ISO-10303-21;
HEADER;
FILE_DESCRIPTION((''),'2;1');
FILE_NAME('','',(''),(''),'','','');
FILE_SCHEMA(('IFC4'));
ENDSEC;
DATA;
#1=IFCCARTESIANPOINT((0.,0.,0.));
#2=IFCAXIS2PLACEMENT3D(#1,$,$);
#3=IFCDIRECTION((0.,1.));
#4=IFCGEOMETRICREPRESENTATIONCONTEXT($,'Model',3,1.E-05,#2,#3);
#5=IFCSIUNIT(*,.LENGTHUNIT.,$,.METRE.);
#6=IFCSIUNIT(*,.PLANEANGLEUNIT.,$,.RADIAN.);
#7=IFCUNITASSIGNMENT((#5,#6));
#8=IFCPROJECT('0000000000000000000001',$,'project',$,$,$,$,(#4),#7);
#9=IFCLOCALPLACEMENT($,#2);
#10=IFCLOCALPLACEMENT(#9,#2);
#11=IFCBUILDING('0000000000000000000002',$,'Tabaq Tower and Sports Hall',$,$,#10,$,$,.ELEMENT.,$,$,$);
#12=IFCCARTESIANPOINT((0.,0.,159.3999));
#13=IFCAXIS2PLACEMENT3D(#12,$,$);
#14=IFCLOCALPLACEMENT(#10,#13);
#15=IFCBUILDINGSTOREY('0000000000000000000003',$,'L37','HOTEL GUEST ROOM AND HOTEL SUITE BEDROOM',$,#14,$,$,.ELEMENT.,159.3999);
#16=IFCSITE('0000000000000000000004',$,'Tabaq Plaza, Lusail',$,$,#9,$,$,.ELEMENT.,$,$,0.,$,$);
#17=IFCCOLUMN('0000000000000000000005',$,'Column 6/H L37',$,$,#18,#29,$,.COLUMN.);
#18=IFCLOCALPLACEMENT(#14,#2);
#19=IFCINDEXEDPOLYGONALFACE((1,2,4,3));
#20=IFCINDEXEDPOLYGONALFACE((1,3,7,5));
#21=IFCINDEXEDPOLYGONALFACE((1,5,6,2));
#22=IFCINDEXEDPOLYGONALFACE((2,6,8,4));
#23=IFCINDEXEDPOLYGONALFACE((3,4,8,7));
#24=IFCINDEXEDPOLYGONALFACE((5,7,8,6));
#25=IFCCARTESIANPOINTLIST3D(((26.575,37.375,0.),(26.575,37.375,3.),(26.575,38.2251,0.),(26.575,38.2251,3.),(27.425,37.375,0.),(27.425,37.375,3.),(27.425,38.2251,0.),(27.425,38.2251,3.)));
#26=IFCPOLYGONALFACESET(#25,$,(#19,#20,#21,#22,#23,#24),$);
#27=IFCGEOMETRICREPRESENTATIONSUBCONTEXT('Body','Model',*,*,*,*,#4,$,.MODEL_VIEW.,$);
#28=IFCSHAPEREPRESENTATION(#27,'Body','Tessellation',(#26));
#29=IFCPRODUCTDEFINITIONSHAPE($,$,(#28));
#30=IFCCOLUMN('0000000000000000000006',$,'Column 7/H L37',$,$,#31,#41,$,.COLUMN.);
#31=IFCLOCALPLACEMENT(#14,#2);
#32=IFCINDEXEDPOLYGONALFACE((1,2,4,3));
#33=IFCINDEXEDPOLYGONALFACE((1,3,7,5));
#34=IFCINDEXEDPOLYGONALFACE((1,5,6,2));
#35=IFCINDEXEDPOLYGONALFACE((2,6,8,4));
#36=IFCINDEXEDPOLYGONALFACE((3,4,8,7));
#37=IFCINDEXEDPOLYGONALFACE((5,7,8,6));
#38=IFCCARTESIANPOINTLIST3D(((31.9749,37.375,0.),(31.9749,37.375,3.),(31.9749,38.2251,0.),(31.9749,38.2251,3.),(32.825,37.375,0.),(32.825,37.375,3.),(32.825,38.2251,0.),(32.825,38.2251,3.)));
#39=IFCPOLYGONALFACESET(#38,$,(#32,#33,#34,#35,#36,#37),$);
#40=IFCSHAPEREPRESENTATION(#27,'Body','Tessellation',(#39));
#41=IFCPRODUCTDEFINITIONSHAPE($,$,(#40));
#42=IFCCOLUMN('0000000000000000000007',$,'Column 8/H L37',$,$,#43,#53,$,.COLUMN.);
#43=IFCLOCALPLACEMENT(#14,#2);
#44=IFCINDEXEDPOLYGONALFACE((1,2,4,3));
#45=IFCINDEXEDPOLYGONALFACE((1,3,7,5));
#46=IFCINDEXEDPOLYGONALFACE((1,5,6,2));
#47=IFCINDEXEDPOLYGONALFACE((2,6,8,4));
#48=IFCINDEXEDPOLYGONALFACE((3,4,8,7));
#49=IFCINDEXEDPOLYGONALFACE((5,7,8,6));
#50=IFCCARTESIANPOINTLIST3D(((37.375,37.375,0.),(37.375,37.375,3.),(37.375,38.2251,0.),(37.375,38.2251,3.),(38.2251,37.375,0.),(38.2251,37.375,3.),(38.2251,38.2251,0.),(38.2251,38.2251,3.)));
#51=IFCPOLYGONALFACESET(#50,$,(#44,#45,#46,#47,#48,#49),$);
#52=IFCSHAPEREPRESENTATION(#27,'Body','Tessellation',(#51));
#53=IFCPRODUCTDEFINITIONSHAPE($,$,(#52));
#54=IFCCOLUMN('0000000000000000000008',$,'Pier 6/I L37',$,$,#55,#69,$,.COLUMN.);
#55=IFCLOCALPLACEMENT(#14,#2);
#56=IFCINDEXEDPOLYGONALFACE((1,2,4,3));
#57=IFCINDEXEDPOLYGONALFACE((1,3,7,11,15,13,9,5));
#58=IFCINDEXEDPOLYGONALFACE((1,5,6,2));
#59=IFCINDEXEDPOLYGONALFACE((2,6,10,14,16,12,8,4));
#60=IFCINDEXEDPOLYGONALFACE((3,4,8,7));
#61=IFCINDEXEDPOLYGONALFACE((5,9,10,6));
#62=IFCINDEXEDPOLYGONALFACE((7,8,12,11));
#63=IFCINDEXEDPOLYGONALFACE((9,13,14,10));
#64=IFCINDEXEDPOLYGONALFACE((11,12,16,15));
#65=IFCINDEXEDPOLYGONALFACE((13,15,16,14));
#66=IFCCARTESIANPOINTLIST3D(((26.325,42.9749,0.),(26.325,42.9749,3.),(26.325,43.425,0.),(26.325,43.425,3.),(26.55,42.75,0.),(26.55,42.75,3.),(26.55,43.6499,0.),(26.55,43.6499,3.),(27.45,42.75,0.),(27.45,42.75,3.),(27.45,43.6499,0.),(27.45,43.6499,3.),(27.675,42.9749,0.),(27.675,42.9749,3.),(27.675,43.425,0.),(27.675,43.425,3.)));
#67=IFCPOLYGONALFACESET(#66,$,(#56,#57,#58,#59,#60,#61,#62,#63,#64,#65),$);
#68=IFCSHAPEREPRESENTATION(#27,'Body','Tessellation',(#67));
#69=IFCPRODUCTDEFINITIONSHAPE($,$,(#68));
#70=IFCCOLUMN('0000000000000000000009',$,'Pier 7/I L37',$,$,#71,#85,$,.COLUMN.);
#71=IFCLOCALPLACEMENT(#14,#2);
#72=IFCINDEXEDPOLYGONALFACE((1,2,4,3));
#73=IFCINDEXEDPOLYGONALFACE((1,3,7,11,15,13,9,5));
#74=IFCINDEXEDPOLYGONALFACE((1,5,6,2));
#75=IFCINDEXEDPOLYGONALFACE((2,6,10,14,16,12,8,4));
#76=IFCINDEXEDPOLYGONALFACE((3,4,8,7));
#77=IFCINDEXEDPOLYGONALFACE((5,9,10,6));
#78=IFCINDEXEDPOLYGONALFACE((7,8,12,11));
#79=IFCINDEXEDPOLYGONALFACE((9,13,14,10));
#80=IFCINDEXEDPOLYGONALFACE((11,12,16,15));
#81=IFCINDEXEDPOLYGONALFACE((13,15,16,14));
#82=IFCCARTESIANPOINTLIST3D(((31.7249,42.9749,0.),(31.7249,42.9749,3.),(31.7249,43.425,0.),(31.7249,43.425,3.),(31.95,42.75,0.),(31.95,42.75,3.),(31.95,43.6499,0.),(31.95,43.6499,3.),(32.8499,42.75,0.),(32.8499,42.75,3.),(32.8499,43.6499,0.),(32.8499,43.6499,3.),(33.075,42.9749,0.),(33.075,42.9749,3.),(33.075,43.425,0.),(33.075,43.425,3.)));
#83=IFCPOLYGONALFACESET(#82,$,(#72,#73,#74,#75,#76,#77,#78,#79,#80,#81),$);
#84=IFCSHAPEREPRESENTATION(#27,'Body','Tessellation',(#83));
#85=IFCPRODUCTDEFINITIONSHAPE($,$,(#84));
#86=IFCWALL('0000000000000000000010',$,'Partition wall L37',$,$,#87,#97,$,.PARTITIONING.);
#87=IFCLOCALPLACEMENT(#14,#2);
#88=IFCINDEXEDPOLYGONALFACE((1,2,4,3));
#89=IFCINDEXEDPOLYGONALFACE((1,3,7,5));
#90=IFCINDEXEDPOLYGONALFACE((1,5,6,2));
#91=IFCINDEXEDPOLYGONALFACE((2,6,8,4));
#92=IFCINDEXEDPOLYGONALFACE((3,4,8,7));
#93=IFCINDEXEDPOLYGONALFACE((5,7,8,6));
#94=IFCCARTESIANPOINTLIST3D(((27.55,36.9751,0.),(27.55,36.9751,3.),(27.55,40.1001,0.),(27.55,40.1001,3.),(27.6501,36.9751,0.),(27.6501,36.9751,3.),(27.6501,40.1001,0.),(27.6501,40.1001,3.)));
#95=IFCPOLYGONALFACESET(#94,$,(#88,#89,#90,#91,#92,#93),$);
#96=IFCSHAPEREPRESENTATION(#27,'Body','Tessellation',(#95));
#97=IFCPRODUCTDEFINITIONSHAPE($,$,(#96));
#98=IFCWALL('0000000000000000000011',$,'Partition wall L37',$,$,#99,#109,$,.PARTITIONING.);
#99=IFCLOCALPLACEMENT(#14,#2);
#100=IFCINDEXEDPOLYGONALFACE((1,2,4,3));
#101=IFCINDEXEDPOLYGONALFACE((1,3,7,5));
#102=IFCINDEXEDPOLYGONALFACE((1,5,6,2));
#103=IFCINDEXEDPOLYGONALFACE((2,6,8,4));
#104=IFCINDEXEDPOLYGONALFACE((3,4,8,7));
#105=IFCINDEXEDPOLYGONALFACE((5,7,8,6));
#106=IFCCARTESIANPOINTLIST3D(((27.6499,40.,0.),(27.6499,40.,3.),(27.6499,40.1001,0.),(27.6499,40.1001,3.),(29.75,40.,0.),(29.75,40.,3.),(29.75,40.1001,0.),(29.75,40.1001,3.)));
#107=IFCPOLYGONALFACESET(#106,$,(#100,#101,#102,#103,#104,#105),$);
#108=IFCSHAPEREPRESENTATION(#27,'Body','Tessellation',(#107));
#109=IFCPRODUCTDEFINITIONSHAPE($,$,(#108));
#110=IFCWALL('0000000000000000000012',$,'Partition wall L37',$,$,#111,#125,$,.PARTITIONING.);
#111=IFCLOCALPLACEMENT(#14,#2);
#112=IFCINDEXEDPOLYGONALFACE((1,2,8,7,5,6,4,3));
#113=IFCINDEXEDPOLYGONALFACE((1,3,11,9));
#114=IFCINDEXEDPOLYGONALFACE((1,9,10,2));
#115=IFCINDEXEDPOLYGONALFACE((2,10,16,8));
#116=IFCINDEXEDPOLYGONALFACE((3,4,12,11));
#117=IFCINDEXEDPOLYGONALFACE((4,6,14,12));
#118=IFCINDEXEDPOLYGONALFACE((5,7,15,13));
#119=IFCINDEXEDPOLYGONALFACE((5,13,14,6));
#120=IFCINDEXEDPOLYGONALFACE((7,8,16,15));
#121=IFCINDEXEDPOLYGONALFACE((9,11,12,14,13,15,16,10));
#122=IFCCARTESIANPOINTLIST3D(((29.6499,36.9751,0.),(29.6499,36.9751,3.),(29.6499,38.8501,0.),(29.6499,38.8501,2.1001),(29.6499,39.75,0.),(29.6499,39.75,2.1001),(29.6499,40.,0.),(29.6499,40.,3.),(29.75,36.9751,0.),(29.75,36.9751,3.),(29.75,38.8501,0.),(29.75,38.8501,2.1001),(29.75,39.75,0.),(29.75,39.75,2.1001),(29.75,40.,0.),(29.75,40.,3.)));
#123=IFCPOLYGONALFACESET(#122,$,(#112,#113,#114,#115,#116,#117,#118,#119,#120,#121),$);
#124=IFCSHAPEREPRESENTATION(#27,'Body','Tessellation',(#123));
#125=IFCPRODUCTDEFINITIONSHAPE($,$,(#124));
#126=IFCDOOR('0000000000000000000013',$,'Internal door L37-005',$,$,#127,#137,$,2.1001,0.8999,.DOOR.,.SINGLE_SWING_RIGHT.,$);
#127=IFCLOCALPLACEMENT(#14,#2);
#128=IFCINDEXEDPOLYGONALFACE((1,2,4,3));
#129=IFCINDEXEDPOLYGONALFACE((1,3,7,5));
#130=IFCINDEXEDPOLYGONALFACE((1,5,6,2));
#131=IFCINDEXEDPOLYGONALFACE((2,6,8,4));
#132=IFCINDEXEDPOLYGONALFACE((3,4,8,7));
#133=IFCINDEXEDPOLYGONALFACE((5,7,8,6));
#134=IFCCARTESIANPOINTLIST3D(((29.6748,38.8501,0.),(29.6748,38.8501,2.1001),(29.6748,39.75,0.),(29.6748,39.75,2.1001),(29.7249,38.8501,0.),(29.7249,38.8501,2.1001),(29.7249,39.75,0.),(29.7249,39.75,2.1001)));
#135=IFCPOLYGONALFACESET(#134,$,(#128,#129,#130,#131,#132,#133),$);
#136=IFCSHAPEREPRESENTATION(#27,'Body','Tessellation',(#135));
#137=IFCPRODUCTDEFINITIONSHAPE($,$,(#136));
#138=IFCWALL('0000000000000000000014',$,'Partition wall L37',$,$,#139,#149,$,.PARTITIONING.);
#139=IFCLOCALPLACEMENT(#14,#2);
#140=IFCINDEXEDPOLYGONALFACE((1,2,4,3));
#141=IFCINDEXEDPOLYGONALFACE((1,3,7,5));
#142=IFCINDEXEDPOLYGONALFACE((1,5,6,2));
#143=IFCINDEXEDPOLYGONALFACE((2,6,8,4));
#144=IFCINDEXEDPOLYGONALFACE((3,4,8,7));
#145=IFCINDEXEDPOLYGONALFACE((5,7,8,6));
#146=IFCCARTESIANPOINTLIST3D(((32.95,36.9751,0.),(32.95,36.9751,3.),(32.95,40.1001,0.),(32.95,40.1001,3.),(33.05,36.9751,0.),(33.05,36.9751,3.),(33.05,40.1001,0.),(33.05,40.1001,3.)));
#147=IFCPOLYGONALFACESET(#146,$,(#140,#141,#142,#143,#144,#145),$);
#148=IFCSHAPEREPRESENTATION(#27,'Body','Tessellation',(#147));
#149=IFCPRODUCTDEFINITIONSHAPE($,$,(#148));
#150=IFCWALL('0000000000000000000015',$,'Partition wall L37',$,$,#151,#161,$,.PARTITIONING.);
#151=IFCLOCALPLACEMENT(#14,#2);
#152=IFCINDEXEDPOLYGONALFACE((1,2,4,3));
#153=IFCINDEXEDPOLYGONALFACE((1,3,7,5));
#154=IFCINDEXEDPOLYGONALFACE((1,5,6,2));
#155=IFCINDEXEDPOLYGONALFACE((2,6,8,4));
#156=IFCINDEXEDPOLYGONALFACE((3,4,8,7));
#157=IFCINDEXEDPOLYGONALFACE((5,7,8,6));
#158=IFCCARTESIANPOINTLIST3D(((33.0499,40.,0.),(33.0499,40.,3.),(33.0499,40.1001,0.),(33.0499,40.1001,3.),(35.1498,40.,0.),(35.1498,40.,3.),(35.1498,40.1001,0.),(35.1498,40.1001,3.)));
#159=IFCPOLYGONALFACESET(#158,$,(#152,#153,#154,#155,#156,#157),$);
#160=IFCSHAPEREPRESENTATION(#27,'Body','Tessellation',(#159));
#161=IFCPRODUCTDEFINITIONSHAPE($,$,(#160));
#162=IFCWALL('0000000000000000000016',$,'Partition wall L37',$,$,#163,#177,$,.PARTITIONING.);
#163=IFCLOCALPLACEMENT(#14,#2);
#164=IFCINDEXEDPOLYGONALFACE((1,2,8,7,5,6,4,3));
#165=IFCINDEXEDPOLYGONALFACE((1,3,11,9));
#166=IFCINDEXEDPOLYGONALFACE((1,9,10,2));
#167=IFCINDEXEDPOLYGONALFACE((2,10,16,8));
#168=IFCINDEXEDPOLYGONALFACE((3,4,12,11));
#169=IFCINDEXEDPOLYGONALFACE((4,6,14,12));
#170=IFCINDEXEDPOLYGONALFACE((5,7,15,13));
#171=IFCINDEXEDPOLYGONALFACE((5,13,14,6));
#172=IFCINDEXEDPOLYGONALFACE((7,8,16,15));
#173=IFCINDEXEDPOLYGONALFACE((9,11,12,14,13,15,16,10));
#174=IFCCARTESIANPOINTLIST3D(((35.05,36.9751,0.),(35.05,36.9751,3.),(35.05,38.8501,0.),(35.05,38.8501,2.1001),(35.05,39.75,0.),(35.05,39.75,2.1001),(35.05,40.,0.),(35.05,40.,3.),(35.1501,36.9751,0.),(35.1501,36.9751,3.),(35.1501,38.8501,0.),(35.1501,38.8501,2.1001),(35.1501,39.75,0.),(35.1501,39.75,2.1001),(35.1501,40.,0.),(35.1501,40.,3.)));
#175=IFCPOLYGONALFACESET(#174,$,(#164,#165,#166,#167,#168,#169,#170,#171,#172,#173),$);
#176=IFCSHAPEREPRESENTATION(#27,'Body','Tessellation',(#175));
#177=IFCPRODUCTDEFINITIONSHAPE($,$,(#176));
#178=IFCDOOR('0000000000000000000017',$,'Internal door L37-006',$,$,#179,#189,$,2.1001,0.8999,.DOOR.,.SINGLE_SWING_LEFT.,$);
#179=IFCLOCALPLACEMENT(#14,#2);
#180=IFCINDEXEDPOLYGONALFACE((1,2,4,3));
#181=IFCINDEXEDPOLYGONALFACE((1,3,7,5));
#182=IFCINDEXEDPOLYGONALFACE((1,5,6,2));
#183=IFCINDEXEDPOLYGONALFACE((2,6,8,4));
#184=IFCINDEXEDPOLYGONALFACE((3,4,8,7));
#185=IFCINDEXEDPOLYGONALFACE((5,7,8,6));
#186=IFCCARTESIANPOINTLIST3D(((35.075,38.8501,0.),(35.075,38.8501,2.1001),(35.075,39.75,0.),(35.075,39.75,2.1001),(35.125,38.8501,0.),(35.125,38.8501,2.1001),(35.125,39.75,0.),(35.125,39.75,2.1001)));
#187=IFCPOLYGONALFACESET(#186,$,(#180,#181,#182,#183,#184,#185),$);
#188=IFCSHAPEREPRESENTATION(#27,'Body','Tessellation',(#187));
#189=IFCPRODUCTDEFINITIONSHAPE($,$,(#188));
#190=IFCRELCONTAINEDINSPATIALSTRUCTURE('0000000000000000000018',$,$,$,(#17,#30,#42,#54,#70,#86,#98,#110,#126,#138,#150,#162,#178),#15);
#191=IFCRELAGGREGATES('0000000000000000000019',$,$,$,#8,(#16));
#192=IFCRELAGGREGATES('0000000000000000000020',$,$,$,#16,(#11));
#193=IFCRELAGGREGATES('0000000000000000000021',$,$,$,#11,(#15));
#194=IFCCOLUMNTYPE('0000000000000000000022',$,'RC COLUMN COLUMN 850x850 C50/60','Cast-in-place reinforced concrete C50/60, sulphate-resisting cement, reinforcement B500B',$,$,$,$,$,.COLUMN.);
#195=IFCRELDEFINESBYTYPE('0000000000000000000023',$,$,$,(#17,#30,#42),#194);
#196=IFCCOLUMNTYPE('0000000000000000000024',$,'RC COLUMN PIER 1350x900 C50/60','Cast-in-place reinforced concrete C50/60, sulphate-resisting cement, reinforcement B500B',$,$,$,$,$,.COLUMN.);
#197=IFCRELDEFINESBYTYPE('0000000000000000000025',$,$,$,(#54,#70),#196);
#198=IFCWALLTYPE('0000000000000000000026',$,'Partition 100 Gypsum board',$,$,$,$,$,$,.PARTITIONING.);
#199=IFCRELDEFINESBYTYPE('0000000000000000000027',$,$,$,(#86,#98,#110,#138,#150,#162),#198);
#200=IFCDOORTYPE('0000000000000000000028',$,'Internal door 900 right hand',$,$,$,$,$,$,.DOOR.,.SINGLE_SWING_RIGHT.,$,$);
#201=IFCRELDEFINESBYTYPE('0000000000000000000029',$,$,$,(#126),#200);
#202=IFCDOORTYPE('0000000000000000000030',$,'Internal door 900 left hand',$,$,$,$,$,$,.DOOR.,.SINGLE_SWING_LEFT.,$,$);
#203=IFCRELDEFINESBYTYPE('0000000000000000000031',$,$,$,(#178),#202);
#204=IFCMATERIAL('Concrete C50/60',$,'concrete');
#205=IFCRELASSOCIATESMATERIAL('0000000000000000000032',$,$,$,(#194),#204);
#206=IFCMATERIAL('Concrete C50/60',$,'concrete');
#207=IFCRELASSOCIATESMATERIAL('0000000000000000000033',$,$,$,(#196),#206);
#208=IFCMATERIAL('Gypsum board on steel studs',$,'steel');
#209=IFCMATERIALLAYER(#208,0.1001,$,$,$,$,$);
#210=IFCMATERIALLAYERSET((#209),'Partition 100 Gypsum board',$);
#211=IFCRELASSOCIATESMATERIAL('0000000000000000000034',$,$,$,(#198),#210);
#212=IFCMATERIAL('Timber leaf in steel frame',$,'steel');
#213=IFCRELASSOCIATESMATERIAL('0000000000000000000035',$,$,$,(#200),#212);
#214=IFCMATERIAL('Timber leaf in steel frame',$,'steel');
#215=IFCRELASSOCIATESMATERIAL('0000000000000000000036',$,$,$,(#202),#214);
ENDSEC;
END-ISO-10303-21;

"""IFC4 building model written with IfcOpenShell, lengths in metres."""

from ifc_helpers import new_model, si_unit, direction, frame, frame_2d, origin, origin_2d, place, context, subcontext, project, spatial, polyline, rectangle, outline, extrude, material, layer, layer_set, material_profile, profile_set, type_object, element, fill, save


model = new_model("IFC4")

# Units and contexts
model_context = context("Model", 3, precision=1e-05, world=origin(), true_north=direction((0.0, 1.0)))
body_context = subcontext(model_context, "Body", "Model", "MODEL_VIEW")
ifc_project = project(units=[si_unit("LENGTHUNIT", "METRE"), si_unit("PLANEANGLEUNIT", "RADIAN")], contexts=[model_context])

# Site, building, storey
site_placement = place(None, origin())
site = spatial("IfcSite", under=ifc_project, at=site_placement, Name="Tabaq Plaza, Lusail", CompositionType="ELEMENT", RefElevation=0.0)
building_placement = place(site_placement, origin())
building = spatial("IfcBuilding", under=site, at=building_placement, Name="Tabaq Tower and Sports Hall", CompositionType="ELEMENT")
storey_placement = place(building_placement, frame((0.0, 0.0, 159.3999)))
storey = spatial("IfcBuildingStorey", under=building, at=storey_placement, Name="L37", Description="HOTEL GUEST ROOM AND HOTEL SUITE BEDROOM", CompositionType="ELEMENT", Elevation=159.3999)

# Columns
ifc_material_1 = material(Name="Concrete C50/60", Category="concrete")
ifc_material_profile_1 = material_profile(ifc_material_1, rectangle(XDim=0.8501, YDim=0.8501, at=origin_2d()), Name="COLUMN 850x850")
ifc_profile_set_1 = profile_set([ifc_material_profile_1], Name="Concrete C50/60")
column_type_1 = type_object("IfcColumnType", Name="RC COLUMN COLUMN 850x850 C50/60", Description="Cast-in-place reinforced concrete C50/60, sulphate-resisting cement, reinforcement B500B", PredefinedType="COLUMN", material=ifc_profile_set_1)
for number, where, z_axis, x_axis, name in (
    (1, (27.0, 37.8, 0.0), (0.0, 0.0, 1.0), (1.0, 0.0, 0.0), "Column 6/H L37"),
    (2, (32.3999, 37.8, 0.0), (0.0, 0.0, 1.0), (1.0, 0.0, 0.0), "Column 7/H L37"),
    (3, (37.8, 37.8, 0.0), (0.0, 0.0, 1.0), (1.0, 0.0, 0.0), "Column 8/H L37"),
):
    element("IfcColumn", number, at=place(storey_placement, frame(where, z_axis=z_axis, x_axis=x_axis)), inside=storey, type_object=column_type_1, Name=name, PredefinedType="COLUMN", context=body_context, shape_type="SweptSolid", body=[
        extrude(rectangle(XDim=0.8501, YDim=0.8501, at=origin_2d()), origin(), (0.0, 0.0, 1.0), 3.0),
    ])
ifc_material_2 = material(Name="Concrete C50/60", Category="concrete")
ifc_material_profile_2 = material_profile(ifc_material_2, outline(polyline([(-0.45, -0.45), (0.45, -0.45), (0.675, -0.2251), (0.675, 0.2251), (0.45, 0.45), (-0.45, 0.45), (-0.675, 0.2251), (-0.675, -0.2251), (-0.45, -0.45)])), Name="PIER 1350x900")
ifc_profile_set_2 = profile_set([ifc_material_profile_2], Name="Concrete C50/60")
column_type_2 = type_object("IfcColumnType", Name="RC COLUMN PIER 1350x900 C50/60", Description="Cast-in-place reinforced concrete C50/60, sulphate-resisting cement, reinforcement B500B", PredefinedType="COLUMN", material=ifc_profile_set_2)
for number, where, z_axis, x_axis, name in (
    (4, (27.0, 43.2, 0.0), (0.0, 0.0, 1.0), (1.0, 0.0, 0.0), "Pier 6/I L37"),
    (5, (32.3999, 43.2, 0.0), (0.0, 0.0, 1.0), (1.0, 0.0, 0.0), "Pier 7/I L37"),
):
    element("IfcColumn", number, at=place(storey_placement, frame(where, z_axis=z_axis, x_axis=x_axis)), inside=storey, type_object=column_type_2, Name=name, PredefinedType="COLUMN", context=body_context, shape_type="SweptSolid", body=[
        extrude(outline(polyline([(-0.45, -0.45), (0.45, -0.45), (0.675, -0.2251), (0.675, 0.2251), (0.45, 0.45), (-0.45, 0.45), (-0.675, 0.2251), (-0.675, -0.2251), (-0.45, -0.45)])), origin(), (0.0, 0.0, 1.0), 3.0),
    ])

# Walls
ifc_material_3 = material(Name="Gypsum board on steel studs", Category="steel")
ifc_layer_1 = layer(ifc_material_3, 0.1001)
ifc_layer_set_1 = layer_set([ifc_layer_1], Name="Partition 100 Gypsum board")
wall_type_1 = type_object("IfcWallType", Name="Partition 100 Gypsum board", PredefinedType="PARTITIONING", material=ifc_layer_set_1)
wall_1_placement = place(storey_placement, frame((27.6001, 36.9751, 0.0), z_axis=(0.0, 0.0, 1.0), x_axis=(0.0, 1.0, 0.0)))
element("IfcWall", 6, at=wall_1_placement, inside=storey, type_object=wall_type_1, Name="Partition wall L37", PredefinedType="PARTITIONING", context=body_context, shape_type="SweptSolid", body=[
    extrude(rectangle(XDim=3.125, YDim=0.1001, at=frame_2d((1.5625, 0.0))), origin(), (0.0, 0.0, 1.0), 3.0),
])
wall_2_placement = place(storey_placement, frame((27.6499, 40.05, 0.0), z_axis=(0.0, 0.0, 1.0), x_axis=(1.0, 0.0, 0.0)))
element("IfcWall", 7, at=wall_2_placement, inside=storey, type_object=wall_type_1, Name="Partition wall L37", PredefinedType="PARTITIONING", context=body_context, shape_type="SweptSolid", body=[
    extrude(rectangle(XDim=2.1001, YDim=0.1001, at=frame_2d((1.05, 0.0))), origin(), (0.0, 0.0, 1.0), 3.0),
])

# Wall, opening, door
wall_3_placement = place(storey_placement, frame((29.7, 40.0, 0.0), z_axis=(0.0, 0.0, 1.0), x_axis=(0.0, -1.0, 0.0)))
wall_3 = element("IfcWall", 8, at=wall_3_placement, inside=storey, type_object=wall_type_1, Name="Partition wall L37", PredefinedType="PARTITIONING", context=body_context, shape_type="SweptSolid", body=[
    extrude(rectangle(XDim=3.0249, YDim=0.1001, at=frame_2d((1.5125, 0.0))), origin(), (0.0, 0.0, 1.0), 3.0),
])
opening_1_placement = place(wall_3_placement, frame((0.25, 0.0, 0.0)))
opening_1 = element("IfcOpeningElement", 9, at=opening_1_placement, cuts=wall_3, PredefinedType="OPENING", context=body_context, shape_type="SweptSolid", body=[
    extrude(rectangle(XDim=0.8999, YDim=2.1001, at=frame_2d((0.45, 1.05))), frame((0.0, 0.05, 0.0), z_axis=(0.0, -1.0, 0.0), x_axis=(1.0, 0.0, 0.0)), (0.0, 0.0, 1.0), 0.1001),
])
ifc_material_4 = material(Name="Timber leaf in steel frame", Category="steel")
door_type_1 = type_object("IfcDoorType", Name="Internal door 900 right hand", OperationType="SINGLE_SWING_RIGHT", PredefinedType="DOOR", material=ifc_material_4)
door_1_placement = place(opening_1_placement, origin())
door_1 = element("IfcDoor", 10, at=door_1_placement, inside=storey, type_object=door_type_1, Name="Internal door L37-005", OperationType="SINGLE_SWING_RIGHT", OverallHeight=2.1001, OverallWidth=0.8999, PredefinedType="DOOR", context=body_context, shape_type="SweptSolid", body=[
    extrude(rectangle(XDim=0.8999, YDim=2.1001, at=frame_2d((0.45, 1.05))), frame((0.0, 0.0249, 0.0), z_axis=(0.0, -1.0, 0.0), x_axis=(1.0, 0.0, 0.0)), (0.0, 0.0, 1.0), 0.05),
])
fill(opening_1, door_1)

# Walls
wall_4_placement = place(storey_placement, frame((33.0, 36.9751, 0.0), z_axis=(0.0, 0.0, 1.0), x_axis=(0.0, 1.0, 0.0)))
element("IfcWall", 11, at=wall_4_placement, inside=storey, type_object=wall_type_1, Name="Partition wall L37", PredefinedType="PARTITIONING", context=body_context, shape_type="SweptSolid", body=[
    extrude(rectangle(XDim=3.125, YDim=0.1001, at=frame_2d((1.5625, 0.0))), origin(), (0.0, 0.0, 1.0), 3.0),
])
wall_5_placement = place(storey_placement, frame((33.05, 40.05, 0.0), z_axis=(0.0, 0.0, 1.0), x_axis=(1.0, 0.0, 0.0)))
element("IfcWall", 12, at=wall_5_placement, inside=storey, type_object=wall_type_1, Name="Partition wall L37", PredefinedType="PARTITIONING", context=body_context, shape_type="SweptSolid", body=[
    extrude(rectangle(XDim=2.0999, YDim=0.1001, at=frame_2d((1.0498, 0.0))), origin(), (0.0, 0.0, 1.0), 3.0),
])

# Wall, opening, door
wall_6_placement = place(storey_placement, frame((35.1001, 40.0, 0.0), z_axis=(0.0, 0.0, 1.0), x_axis=(0.0, -1.0, 0.0)))
wall_6 = element("IfcWall", 13, at=wall_6_placement, inside=storey, type_object=wall_type_1, Name="Partition wall L37", PredefinedType="PARTITIONING", context=body_context, shape_type="SweptSolid", body=[
    extrude(rectangle(XDim=3.0249, YDim=0.1001, at=frame_2d((1.5125, 0.0))), origin(), (0.0, 0.0, 1.0), 3.0),
])
opening_2_placement = place(wall_6_placement, frame((0.25, 0.0, 0.0)))
opening_2 = element("IfcOpeningElement", 14, at=opening_2_placement, cuts=wall_6, PredefinedType="OPENING", context=body_context, shape_type="SweptSolid", body=[
    extrude(rectangle(XDim=0.8999, YDim=2.1001, at=frame_2d((0.45, 1.05))), frame((0.0, 0.05, 0.0), z_axis=(0.0, -1.0, 0.0), x_axis=(1.0, 0.0, 0.0)), (0.0, 0.0, 1.0), 0.1001),
])
ifc_material_5 = material(Name="Timber leaf in steel frame", Category="steel")
door_type_2 = type_object("IfcDoorType", Name="Internal door 900 left hand", OperationType="SINGLE_SWING_LEFT", PredefinedType="DOOR", material=ifc_material_5)
door_2_placement = place(opening_2_placement, origin())
door_2 = element("IfcDoor", 15, at=door_2_placement, inside=storey, type_object=door_type_2, Name="Internal door L37-006", OperationType="SINGLE_SWING_LEFT", OverallHeight=2.1001, OverallWidth=0.8999, PredefinedType="DOOR", context=body_context, shape_type="SweptSolid", body=[
    extrude(rectangle(XDim=0.8999, YDim=2.1001, at=frame_2d((0.45, 1.05))), frame((0.0, 0.0249, 0.0), z_axis=(0.0, -1.0, 0.0), x_axis=(1.0, 0.0, 0.0)), (0.0, 0.0, 1.0), 0.05),
])
fill(opening_2, door_2)

save(model, "model.ifc")
